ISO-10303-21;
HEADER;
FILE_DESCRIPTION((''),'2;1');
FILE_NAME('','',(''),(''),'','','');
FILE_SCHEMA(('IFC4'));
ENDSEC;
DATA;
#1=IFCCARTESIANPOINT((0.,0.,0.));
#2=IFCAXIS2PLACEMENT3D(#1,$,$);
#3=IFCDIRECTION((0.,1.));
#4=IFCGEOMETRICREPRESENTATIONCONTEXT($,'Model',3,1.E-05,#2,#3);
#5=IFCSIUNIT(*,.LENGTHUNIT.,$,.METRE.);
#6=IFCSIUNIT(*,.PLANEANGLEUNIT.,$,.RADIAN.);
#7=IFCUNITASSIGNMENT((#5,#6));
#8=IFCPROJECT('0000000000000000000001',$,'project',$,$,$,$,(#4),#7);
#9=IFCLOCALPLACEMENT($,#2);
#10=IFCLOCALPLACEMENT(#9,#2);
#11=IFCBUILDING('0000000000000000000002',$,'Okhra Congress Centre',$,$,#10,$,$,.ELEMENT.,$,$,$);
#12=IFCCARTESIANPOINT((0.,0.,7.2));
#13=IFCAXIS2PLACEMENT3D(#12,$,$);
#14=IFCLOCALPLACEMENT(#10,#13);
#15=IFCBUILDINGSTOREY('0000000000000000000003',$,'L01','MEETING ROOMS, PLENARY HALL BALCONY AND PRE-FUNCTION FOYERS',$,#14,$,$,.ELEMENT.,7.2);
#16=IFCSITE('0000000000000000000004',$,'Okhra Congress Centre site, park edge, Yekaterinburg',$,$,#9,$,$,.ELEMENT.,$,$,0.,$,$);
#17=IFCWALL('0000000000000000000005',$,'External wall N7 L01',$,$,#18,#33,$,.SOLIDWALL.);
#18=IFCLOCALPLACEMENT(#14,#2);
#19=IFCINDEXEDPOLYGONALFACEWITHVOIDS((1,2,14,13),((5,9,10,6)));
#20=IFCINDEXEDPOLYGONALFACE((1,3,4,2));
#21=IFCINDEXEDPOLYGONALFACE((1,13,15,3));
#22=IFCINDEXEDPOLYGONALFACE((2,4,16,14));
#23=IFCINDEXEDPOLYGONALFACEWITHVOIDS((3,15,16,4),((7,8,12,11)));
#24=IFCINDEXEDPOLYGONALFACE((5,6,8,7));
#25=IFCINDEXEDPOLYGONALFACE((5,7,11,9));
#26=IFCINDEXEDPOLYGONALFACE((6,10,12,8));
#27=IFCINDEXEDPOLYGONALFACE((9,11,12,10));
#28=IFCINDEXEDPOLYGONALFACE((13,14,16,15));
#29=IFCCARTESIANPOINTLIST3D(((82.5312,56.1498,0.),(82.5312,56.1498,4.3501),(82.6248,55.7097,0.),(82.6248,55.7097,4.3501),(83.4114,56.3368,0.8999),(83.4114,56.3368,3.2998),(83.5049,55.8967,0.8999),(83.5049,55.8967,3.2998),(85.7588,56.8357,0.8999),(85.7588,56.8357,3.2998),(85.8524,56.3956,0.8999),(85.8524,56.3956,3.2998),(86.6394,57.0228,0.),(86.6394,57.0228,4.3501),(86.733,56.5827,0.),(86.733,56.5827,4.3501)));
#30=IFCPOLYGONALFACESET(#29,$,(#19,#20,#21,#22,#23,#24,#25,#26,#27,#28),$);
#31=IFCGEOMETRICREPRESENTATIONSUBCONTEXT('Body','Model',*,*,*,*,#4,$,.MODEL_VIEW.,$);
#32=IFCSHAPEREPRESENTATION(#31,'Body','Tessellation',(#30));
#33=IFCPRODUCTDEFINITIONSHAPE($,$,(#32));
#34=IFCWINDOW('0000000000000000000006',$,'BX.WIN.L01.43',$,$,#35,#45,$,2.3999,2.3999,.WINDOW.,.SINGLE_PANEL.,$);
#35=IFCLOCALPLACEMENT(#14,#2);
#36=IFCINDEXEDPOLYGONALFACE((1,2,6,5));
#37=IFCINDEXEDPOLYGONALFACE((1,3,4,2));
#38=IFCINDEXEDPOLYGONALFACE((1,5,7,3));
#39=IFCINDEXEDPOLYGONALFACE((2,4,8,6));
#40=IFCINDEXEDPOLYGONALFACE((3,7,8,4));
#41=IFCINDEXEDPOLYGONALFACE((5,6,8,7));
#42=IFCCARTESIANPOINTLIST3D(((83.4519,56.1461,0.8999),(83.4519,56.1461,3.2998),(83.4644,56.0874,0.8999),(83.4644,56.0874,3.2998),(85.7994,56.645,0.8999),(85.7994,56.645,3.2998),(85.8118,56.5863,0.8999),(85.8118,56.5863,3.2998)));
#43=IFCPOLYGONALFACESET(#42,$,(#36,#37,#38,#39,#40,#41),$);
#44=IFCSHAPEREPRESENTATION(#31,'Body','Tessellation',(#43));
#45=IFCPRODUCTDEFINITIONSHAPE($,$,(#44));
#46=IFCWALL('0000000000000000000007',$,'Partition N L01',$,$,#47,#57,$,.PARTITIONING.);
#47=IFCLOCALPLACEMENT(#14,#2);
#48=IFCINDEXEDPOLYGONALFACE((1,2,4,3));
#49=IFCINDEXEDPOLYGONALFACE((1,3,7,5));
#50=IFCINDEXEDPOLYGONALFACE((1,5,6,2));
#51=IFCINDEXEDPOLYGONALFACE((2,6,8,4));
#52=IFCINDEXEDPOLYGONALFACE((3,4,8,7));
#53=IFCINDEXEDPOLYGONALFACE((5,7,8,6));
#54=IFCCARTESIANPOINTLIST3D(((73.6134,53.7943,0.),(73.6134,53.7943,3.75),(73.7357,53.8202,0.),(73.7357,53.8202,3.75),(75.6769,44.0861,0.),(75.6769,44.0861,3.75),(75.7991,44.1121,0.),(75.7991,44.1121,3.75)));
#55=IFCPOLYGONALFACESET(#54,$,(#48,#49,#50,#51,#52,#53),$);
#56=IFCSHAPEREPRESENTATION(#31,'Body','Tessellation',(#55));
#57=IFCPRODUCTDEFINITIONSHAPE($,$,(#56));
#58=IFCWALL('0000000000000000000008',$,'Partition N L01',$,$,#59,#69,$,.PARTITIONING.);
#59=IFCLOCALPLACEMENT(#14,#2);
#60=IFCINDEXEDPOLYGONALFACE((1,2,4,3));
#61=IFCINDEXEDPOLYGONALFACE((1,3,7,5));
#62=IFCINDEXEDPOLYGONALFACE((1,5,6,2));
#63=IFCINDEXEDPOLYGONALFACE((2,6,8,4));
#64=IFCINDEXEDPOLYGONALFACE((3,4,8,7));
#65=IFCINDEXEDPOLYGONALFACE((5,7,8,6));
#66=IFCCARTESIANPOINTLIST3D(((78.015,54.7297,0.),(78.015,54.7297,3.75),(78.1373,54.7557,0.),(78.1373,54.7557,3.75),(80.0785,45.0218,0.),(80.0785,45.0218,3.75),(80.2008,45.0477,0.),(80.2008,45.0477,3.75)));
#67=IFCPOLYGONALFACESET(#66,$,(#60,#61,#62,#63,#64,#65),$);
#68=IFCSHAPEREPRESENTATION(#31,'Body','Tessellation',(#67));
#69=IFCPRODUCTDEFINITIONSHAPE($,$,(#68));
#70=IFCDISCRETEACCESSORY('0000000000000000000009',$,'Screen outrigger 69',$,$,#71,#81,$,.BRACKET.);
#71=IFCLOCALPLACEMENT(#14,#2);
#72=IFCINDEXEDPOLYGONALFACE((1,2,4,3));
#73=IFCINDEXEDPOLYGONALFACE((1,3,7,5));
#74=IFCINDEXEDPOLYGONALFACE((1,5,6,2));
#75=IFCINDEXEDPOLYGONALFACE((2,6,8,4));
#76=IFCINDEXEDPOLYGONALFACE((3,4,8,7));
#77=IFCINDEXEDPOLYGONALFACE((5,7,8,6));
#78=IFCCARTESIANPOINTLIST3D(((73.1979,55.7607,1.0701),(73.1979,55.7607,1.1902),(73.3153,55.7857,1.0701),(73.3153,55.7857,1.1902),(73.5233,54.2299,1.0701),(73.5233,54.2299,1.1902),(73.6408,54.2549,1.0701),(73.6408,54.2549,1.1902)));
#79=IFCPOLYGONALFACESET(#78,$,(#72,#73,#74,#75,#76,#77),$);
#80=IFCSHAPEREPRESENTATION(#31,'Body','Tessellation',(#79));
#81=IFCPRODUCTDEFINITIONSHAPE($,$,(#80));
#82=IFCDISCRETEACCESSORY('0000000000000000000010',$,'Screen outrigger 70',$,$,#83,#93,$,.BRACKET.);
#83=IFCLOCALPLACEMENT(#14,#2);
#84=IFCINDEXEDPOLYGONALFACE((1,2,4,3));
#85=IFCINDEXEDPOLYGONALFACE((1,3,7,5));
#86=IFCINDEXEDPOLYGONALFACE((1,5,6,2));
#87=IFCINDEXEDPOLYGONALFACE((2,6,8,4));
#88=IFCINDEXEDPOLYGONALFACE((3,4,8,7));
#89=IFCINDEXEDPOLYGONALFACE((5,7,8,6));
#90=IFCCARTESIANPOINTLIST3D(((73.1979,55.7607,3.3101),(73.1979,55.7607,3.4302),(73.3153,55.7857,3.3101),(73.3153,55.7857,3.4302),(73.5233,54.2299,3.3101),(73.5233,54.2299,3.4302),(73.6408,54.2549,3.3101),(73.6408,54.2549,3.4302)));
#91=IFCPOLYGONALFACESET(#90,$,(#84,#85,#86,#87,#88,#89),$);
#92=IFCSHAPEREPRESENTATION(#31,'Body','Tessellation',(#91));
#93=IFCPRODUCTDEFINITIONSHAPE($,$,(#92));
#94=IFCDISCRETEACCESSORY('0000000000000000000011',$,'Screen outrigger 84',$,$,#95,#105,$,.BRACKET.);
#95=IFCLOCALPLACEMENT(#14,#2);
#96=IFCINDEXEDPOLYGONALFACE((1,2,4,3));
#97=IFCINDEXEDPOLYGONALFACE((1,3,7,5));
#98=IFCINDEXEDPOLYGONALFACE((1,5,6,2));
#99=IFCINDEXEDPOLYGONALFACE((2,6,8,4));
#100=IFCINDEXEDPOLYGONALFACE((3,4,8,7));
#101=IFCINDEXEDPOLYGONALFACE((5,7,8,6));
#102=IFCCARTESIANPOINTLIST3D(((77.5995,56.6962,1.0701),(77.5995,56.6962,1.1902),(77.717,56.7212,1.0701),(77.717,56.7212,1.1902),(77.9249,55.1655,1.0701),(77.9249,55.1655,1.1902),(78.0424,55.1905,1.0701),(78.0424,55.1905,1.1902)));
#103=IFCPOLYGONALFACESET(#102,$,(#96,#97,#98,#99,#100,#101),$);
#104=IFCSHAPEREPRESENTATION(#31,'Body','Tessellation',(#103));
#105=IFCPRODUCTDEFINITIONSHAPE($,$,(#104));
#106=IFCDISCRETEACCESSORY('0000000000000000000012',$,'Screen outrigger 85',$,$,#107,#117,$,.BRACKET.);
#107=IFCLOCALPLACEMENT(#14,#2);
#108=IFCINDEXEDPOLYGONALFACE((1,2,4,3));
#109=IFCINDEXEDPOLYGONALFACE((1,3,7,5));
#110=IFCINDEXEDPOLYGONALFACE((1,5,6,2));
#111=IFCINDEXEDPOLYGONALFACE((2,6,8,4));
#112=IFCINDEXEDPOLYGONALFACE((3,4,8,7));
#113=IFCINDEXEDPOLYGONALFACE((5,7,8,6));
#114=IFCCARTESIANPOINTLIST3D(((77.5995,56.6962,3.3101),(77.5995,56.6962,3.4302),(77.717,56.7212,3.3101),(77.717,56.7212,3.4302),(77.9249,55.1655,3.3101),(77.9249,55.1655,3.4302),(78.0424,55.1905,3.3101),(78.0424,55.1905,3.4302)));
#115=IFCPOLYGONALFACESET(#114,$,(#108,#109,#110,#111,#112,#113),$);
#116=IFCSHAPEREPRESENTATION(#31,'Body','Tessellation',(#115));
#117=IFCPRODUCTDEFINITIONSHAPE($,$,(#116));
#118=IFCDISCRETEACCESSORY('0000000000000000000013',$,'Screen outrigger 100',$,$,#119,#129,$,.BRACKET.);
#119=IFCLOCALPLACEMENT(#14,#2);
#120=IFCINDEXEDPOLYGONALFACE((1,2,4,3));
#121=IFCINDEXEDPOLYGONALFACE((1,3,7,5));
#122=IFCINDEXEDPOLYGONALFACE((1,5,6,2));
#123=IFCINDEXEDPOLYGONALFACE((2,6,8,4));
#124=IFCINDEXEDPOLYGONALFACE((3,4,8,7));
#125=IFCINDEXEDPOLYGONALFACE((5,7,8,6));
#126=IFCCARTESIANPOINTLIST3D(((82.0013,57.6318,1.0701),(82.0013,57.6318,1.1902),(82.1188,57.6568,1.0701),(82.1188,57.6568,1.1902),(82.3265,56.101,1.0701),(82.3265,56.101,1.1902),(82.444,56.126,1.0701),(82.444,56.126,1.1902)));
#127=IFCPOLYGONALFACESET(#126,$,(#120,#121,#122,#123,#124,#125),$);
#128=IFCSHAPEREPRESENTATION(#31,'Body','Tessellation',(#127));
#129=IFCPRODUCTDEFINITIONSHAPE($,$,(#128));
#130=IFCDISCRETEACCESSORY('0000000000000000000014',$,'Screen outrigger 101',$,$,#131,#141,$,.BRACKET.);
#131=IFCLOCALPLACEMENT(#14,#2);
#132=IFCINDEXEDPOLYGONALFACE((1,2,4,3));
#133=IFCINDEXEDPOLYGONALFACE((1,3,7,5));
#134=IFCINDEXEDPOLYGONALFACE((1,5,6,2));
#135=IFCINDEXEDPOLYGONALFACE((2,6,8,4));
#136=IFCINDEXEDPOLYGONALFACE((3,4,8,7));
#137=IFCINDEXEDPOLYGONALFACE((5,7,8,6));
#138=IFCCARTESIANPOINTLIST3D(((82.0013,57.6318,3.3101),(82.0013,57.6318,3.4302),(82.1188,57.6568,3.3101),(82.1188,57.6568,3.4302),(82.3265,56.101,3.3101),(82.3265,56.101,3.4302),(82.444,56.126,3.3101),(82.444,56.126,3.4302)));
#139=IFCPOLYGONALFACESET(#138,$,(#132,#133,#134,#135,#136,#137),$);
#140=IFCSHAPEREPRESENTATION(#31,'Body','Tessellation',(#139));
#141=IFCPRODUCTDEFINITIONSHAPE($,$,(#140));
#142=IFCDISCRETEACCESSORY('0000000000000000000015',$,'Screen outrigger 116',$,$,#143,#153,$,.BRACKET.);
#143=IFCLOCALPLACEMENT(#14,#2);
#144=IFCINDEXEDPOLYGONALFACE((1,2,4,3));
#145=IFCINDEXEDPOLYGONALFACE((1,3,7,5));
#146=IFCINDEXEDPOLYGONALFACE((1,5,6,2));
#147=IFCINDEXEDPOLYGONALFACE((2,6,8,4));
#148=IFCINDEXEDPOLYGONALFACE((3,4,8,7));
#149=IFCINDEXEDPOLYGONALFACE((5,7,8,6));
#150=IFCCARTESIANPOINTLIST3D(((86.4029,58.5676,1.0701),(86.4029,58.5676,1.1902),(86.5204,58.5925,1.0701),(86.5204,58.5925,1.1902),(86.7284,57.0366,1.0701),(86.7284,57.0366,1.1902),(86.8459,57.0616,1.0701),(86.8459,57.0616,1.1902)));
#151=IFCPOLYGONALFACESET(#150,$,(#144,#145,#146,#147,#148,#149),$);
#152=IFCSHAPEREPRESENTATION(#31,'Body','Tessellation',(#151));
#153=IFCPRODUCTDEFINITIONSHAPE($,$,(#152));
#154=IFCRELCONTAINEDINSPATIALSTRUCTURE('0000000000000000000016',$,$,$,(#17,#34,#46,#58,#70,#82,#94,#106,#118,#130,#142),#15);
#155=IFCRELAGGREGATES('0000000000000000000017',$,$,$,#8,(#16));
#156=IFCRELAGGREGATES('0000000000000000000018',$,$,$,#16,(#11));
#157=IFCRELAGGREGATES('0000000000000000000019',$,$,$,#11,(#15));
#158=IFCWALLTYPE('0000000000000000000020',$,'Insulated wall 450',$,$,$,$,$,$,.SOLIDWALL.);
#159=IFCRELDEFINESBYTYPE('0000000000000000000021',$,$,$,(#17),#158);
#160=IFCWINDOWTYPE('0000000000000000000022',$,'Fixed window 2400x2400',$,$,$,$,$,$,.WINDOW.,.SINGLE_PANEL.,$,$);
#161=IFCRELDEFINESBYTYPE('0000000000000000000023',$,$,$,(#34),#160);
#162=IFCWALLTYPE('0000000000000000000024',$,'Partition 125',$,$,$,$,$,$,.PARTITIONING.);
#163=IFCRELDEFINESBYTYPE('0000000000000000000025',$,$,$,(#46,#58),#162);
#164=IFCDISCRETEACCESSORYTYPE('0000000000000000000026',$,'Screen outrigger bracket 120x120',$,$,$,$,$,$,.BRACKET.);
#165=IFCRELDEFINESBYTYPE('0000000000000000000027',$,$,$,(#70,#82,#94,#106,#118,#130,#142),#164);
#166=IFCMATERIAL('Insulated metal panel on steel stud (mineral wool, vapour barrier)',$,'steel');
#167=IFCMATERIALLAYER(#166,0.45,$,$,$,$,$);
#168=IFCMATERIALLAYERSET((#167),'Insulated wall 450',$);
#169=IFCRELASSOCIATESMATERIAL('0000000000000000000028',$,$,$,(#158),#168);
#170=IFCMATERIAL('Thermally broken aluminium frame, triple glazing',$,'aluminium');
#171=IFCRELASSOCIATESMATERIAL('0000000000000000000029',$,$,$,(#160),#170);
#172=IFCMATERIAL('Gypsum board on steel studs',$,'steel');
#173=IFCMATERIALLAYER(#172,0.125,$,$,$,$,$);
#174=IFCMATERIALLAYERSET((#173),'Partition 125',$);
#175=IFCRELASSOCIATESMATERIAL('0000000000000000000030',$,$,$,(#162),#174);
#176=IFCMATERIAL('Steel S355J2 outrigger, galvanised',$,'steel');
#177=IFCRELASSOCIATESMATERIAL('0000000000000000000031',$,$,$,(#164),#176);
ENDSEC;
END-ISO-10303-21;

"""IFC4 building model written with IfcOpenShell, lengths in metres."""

from ifc_helpers import new_model, si_unit, direction, frame, frame_2d, origin, origin_2d, place, context, subcontext, project, spatial, rectangle, extrude, material, layer, layer_set, material_profile, profile_set, type_object, element, fill, save


model = new_model("IFC4")

# Units and contexts
model_context = context("Model", 3, precision=1e-05, world=origin(), true_north=direction((0.0, 1.0)))
body_context = subcontext(model_context, "Body", "Model", "MODEL_VIEW")
ifc_project = project(units=[si_unit("LENGTHUNIT", "METRE"), si_unit("PLANEANGLEUNIT", "RADIAN")], contexts=[model_context])

# Site, building, storey
site_placement = place(None, origin())
site = spatial("IfcSite", under=ifc_project, at=site_placement, Name="Okhra Congress Centre site, park edge, Yekaterinburg", CompositionType="ELEMENT", RefElevation=0.0)
building_placement = place(site_placement, origin())
building = spatial("IfcBuilding", under=site, at=building_placement, Name="Okhra Congress Centre", CompositionType="ELEMENT")
storey_placement = place(building_placement, frame((0.0, 0.0, 7.2)))
storey = spatial("IfcBuildingStorey", under=building, at=storey_placement, Name="L01", Description="MEETING ROOMS, PLENARY HALL BALCONY AND PRE-FUNCTION FOYERS", CompositionType="ELEMENT", Elevation=7.2)

# Wall, opening, window
ifc_material_1 = material(Name="Insulated metal panel on steel stud (mineral wool, vapour barrier)", Category="steel")
ifc_layer_1 = layer(ifc_material_1, 0.45)
ifc_layer_set_1 = layer_set([ifc_layer_1], Name="Insulated wall 450")
wall_type_1 = type_object("IfcWallType", Name="Insulated wall 450", PredefinedType="SOLIDWALL", material=ifc_layer_set_1)
ifc_material_2 = material(Name="Thermally broken aluminium frame, triple glazing", Category="aluminium")
window_type = type_object("IfcWindowType", Name="Fixed window 2400x2400", PartitioningType="SINGLE_PANEL", PredefinedType="WINDOW", material=ifc_material_2)
wall_1_placement = place(storey_placement, frame((82.5779, 55.9297, 0.0), z_axis=(0.0, 0.0, 1.0), x_axis=(0.978156, 0.207873, 0.0)))
wall_1 = element("IfcWall", 1, at=wall_1_placement, inside=storey, type_object=wall_type_1, Name="External wall N7 L01", PredefinedType="SOLIDWALL", context=body_context, shape_type="SweptSolid", body=[
    extrude(rectangle(XDim=4.2, YDim=0.45, at=frame_2d((2.1001, 0.0))), origin(), (0.0, 0.0, 1.0), 4.3501),
])
opening_1_placement = place(wall_1_placement, frame((0.8999, 0.0, 0.8999)))
opening_1 = element("IfcOpeningElement", 2, at=opening_1_placement, cuts=wall_1, PredefinedType="OPENING", context=body_context, shape_type="SweptSolid", body=[
    extrude(rectangle(XDim=2.3999, YDim=2.3999, at=frame_2d((1.2, 1.2))), frame((0.0, 0.2349, 0.0), z_axis=(0.0, -1.0, 0.0), x_axis=(1.0, 0.0, 0.0)), (0.0, 0.0, 1.0), 0.47),
])
window_1_placement = place(opening_1_placement, origin())
window_1 = element("IfcWindow", 3, at=window_1_placement, inside=storey, type_object=window_type, Name="BX.WIN.L01.43", OverallHeight=2.3999, OverallWidth=2.3999, PartitioningType="SINGLE_PANEL", PredefinedType="WINDOW", context=body_context, shape_type="SweptSolid", body=[
    extrude(rectangle(XDim=2.3999, YDim=2.3999, at=frame_2d((1.2, 1.2))), frame((0.0, 0.03, 0.0), z_axis=(0.0, -1.0, 0.0), x_axis=(1.0, 0.0, 0.0)), (0.0, 0.0, 1.0), 0.0601),
])
fill(opening_1, window_1)

# Walls
ifc_material_3 = material(Name="Gypsum board on steel studs", Category="steel")
ifc_layer_2 = layer(ifc_material_3, 0.125)
ifc_layer_set_2 = layer_set([ifc_layer_2], Name="Partition 125")
wall_type_2 = type_object("IfcWallType", Name="Partition 125", PredefinedType="PARTITIONING", material=ifc_layer_set_2)
wall_2_placement = place(storey_placement, frame((73.6746, 53.8071, 0.0), z_axis=(0.0, 0.0, 1.0), x_axis=(0.207904, -0.978149, 0.0)))
element("IfcWall", 4, at=wall_2_placement, inside=storey, type_object=wall_type_2, Name="Partition N L01", PredefinedType="PARTITIONING", context=body_context, shape_type="SweptSolid", body=[
    extrude(rectangle(XDim=9.925, YDim=0.125, at=frame_2d((4.9624, 0.0))), origin(), (0.0, 0.0, 1.0), 3.75),
])
wall_3_placement = place(storey_placement, frame((78.0762, 54.7427, 0.0), z_axis=(0.0, 0.0, 1.0), x_axis=(0.207909, -0.978148, 0.0)))
element("IfcWall", 5, at=wall_3_placement, inside=storey, type_object=wall_type_2, Name="Partition N L01", PredefinedType="PARTITIONING", context=body_context, shape_type="SweptSolid", body=[
    extrude(rectangle(XDim=9.9248, YDim=0.125, at=frame_2d((4.9624, 0.0))), origin(), (0.0, 0.0, 1.0), 3.75),
])

# Discrete accessories
ifc_material_4 = material(Name="Steel S355J2 outrigger, galvanised", Category="steel")
ifc_material_profile_1 = material_profile(ifc_material_4, rectangle(XDim=0.1201, YDim=0.1201, at=origin_2d()), Name="Screen outrigger bracket 120x120")
ifc_profile_set_1 = profile_set([ifc_material_profile_1], Name="Steel S355J2 outrigger, galvanised")
discrete_accessory_type = type_object("IfcDiscreteAccessoryType", Name="Screen outrigger bracket 120x120", PredefinedType="BRACKET", material=ifc_profile_set_1)
for number, where, z_axis, x_axis, name in (
    (6, (73.582, 54.2424, 1.1301), (-0.207952, 0.978139, 0.0), (-0.978139, -0.207952, 0.0), "Screen outrigger 69"),
    (7, (73.582, 54.2424, 3.3701), (-0.207952, 0.978139, 0.0), (-0.978139, -0.207952, 0.0), "Screen outrigger 70"),
    (8, (77.9836, 55.178, 1.1301), (-0.207952, 0.978139, 0.0), (-0.978139, -0.207952, 0.0), "Screen outrigger 84"),
    (9, (77.9836, 55.178, 3.3701), (-0.207952, 0.978139, 0.0), (-0.978139, -0.207952, 0.0), "Screen outrigger 85"),
    (10, (82.3853, 56.1135, 1.1301), (-0.207803, 0.978171, 0.0), (-0.978171, -0.207803, 0.0), "Screen outrigger 100"),
    (11, (82.3853, 56.1135, 3.3701), (-0.207803, 0.978171, 0.0), (-0.978171, -0.207803, 0.0), "Screen outrigger 101"),
):
    element("IfcDiscreteAccessory", number, at=place(storey_placement, frame(where, z_axis=z_axis, x_axis=x_axis)), inside=storey, type_object=discrete_accessory_type, Name=name, PredefinedType="BRACKET", context=body_context, shape_type="SweptSolid", body=[
        extrude(rectangle(XDim=0.1201, YDim=0.1201, at=origin_2d()), origin(), (0.0, 0.0, 1.0), 1.5649),
    ])
discrete_accessory_placement = place(storey_placement, frame((86.7871, 57.0491, 1.1301), z_axis=(-0.20792, 0.978146, 0.0), x_axis=(-0.978146, -0.20792, 0.0)))
element("IfcDiscreteAccessory", 12, at=discrete_accessory_placement, inside=storey, type_object=discrete_accessory_type, Name="Screen outrigger 116", PredefinedType="BRACKET", context=body_context, shape_type="SweptSolid", body=[
    extrude(rectangle(XDim=0.1201, YDim=0.1201, at=origin_2d()), origin(), (0.0, 0.0, 1.0), 1.5652),
])

save(model, "model.ifc")
